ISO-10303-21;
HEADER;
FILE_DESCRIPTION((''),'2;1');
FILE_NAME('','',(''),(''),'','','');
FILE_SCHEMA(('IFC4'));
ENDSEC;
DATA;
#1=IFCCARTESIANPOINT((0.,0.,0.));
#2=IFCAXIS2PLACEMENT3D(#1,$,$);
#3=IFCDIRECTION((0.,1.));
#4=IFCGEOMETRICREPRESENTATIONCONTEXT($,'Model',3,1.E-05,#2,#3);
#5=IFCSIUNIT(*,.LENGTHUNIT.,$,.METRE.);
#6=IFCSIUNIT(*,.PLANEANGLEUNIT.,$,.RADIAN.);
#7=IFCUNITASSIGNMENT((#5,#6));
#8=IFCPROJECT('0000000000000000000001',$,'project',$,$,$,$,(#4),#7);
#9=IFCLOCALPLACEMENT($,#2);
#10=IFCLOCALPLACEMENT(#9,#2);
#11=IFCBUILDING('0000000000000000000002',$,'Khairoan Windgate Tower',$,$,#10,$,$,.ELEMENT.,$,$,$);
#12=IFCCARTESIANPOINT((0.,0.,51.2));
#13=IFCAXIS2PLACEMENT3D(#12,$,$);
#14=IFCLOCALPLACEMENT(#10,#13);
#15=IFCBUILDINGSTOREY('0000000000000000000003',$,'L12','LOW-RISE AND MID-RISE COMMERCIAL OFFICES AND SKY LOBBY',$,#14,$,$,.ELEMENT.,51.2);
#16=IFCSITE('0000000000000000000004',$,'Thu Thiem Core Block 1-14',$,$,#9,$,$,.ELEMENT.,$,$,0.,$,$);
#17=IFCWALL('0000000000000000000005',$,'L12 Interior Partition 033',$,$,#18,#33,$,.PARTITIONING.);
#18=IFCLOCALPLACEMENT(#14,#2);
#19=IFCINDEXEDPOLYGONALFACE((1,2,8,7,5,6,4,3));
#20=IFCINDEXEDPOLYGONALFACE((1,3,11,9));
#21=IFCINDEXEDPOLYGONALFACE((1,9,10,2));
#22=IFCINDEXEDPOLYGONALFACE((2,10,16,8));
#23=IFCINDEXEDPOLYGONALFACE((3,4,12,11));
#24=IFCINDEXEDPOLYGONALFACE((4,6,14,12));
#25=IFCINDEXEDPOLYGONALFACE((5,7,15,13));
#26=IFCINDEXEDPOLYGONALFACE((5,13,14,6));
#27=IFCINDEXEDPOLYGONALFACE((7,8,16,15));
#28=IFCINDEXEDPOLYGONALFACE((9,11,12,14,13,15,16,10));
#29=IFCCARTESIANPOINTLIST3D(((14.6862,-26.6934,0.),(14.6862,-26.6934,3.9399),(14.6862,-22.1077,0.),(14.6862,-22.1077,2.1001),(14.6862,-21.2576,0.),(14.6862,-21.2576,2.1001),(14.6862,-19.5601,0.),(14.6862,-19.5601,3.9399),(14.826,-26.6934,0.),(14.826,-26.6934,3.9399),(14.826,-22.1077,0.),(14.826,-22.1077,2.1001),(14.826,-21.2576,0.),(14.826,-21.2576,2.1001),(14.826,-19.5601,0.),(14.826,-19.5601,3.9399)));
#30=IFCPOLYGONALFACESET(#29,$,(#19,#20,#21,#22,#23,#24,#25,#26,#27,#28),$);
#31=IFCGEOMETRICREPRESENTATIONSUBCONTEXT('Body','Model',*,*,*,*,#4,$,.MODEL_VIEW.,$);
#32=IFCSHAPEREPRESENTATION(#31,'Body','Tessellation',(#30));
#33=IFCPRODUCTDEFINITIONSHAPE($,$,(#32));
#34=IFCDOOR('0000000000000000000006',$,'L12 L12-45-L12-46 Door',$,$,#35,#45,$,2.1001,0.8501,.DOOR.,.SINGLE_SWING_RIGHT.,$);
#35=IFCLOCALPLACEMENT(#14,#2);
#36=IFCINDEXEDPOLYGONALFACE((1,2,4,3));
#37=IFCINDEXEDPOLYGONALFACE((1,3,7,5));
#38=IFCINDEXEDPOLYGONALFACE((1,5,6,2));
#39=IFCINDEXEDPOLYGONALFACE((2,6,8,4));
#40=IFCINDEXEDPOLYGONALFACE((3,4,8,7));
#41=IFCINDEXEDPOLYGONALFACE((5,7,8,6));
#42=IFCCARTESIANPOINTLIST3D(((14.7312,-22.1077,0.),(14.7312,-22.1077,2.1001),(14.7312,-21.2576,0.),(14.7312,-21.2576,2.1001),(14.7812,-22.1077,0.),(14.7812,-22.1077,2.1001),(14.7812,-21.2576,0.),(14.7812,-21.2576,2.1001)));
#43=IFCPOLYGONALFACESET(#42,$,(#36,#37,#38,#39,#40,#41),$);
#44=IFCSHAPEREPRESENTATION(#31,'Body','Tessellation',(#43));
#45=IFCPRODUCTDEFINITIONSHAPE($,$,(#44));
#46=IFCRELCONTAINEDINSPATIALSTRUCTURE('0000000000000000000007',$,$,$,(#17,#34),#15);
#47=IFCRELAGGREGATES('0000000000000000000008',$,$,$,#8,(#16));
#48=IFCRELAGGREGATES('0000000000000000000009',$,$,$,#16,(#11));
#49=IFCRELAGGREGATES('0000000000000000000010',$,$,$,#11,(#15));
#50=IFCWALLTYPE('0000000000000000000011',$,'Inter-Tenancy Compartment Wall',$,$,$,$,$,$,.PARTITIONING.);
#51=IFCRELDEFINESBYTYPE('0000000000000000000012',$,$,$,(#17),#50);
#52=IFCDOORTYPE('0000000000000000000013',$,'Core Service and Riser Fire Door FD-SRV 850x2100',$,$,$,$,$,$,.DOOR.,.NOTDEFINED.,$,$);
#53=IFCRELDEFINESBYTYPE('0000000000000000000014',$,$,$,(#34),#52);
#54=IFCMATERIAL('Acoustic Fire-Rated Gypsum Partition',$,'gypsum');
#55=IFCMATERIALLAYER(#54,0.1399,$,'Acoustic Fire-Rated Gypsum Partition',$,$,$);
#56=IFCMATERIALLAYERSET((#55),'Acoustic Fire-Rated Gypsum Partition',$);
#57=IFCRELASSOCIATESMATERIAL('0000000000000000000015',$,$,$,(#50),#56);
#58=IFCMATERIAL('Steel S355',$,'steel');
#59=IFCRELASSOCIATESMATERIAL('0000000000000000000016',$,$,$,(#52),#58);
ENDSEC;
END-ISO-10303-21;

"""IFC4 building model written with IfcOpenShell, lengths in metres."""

from ifc_helpers import new_model, si_unit, direction, frame, frame_2d, origin, place, context, subcontext, project, spatial, rectangle, extrude, material, layer, layer_set, type_object, element, fill, save


model = new_model("IFC4")

# Units and contexts
model_context = context("Model", 3, precision=1e-05, world=origin(), true_north=direction((0.0, 1.0)))
body_context = subcontext(model_context, "Body", "Model", "MODEL_VIEW")
ifc_project = project(units=[si_unit("LENGTHUNIT", "METRE"), si_unit("PLANEANGLEUNIT", "RADIAN")], contexts=[model_context])

# Site, building, storey
site_placement = place(None, origin())
site = spatial("IfcSite", under=ifc_project, at=site_placement, Name="Thu Thiem Core Block 1-14", CompositionType="ELEMENT", RefElevation=0.0)
building_placement = place(site_placement, origin())
building = spatial("IfcBuilding", under=site, at=building_placement, Name="Khairoan Windgate Tower", CompositionType="ELEMENT")
storey_placement = place(building_placement, frame((0.0, 0.0, 51.2)))
storey = spatial("IfcBuildingStorey", under=building, at=storey_placement, Name="L12", Description="LOW-RISE AND MID-RISE COMMERCIAL OFFICES AND SKY LOBBY", CompositionType="ELEMENT", Elevation=51.2)

# Wall, opening, door
ifc_material_1 = material(Name="Acoustic Fire-Rated Gypsum Partition", Category="gypsum")
ifc_layer_1 = layer(ifc_material_1, 0.1399, Name="Acoustic Fire-Rated Gypsum Partition")
ifc_layer_set_1 = layer_set([ifc_layer_1], Name="Acoustic Fire-Rated Gypsum Partition")
wall_type_1 = type_object("IfcWallType", Name="Inter-Tenancy Compartment Wall", PredefinedType="PARTITIONING", material=ifc_layer_set_1)
wall_1_placement = place(storey_placement, frame((14.7561, -26.6934, 0.0), z_axis=(0.0, 0.0, 1.0), x_axis=(0.0, 1.0, 0.0)))
wall_1 = element("IfcWall", 1, at=wall_1_placement, inside=storey, type_object=wall_type_1, Name="L12 Interior Partition 033", PredefinedType="PARTITIONING", context=body_context, shape_type="SweptSolid", body=[
    extrude(rectangle(XDim=7.1333, YDim=0.1399, at=frame_2d((3.5667, 0.0))), origin(), (0.0, 0.0, 1.0), 3.9399),
])
opening_1_placement = place(wall_1_placement, frame((4.5857, 0.0, 0.0)))
opening_1 = element("IfcOpeningElement", 2, at=opening_1_placement, cuts=wall_1, PredefinedType="OPENING", context=body_context, shape_type="SweptSolid", body=[
    extrude(rectangle(XDim=0.8501, YDim=2.1001, at=frame_2d((0.425, 1.05))), frame((0.0, 0.0798, 0.0), z_axis=(0.0, -1.0, 0.0), x_axis=(1.0, 0.0, 0.0)), (0.0, 0.0, 1.0), 0.1599),
])
ifc_material_2 = material(Name="Steel S355", Category="steel")
door_type_1 = type_object("IfcDoorType", Name="Core Service and Riser Fire Door FD-SRV 850x2100", OperationType="NOTDEFINED", PredefinedType="DOOR", material=ifc_material_2)
door_1_placement = place(opening_1_placement, origin())
door_1 = element("IfcDoor", 3, at=door_1_placement, inside=storey, type_object=door_type_1, Name="L12 L12-45-L12-46 Door", OperationType="SINGLE_SWING_RIGHT", OverallHeight=2.1001, OverallWidth=0.8501, PredefinedType="DOOR", context=body_context, shape_type="SweptSolid", body=[
    extrude(rectangle(XDim=0.8501, YDim=2.1001, at=frame_2d((0.425, 1.05))), frame((0.0, 0.0249, 0.0), z_axis=(0.0, -1.0, 0.0), x_axis=(1.0, 0.0, 0.0)), (0.0, 0.0, 1.0), 0.05),
])
fill(opening_1, door_1)

save(model, "model.ifc")
